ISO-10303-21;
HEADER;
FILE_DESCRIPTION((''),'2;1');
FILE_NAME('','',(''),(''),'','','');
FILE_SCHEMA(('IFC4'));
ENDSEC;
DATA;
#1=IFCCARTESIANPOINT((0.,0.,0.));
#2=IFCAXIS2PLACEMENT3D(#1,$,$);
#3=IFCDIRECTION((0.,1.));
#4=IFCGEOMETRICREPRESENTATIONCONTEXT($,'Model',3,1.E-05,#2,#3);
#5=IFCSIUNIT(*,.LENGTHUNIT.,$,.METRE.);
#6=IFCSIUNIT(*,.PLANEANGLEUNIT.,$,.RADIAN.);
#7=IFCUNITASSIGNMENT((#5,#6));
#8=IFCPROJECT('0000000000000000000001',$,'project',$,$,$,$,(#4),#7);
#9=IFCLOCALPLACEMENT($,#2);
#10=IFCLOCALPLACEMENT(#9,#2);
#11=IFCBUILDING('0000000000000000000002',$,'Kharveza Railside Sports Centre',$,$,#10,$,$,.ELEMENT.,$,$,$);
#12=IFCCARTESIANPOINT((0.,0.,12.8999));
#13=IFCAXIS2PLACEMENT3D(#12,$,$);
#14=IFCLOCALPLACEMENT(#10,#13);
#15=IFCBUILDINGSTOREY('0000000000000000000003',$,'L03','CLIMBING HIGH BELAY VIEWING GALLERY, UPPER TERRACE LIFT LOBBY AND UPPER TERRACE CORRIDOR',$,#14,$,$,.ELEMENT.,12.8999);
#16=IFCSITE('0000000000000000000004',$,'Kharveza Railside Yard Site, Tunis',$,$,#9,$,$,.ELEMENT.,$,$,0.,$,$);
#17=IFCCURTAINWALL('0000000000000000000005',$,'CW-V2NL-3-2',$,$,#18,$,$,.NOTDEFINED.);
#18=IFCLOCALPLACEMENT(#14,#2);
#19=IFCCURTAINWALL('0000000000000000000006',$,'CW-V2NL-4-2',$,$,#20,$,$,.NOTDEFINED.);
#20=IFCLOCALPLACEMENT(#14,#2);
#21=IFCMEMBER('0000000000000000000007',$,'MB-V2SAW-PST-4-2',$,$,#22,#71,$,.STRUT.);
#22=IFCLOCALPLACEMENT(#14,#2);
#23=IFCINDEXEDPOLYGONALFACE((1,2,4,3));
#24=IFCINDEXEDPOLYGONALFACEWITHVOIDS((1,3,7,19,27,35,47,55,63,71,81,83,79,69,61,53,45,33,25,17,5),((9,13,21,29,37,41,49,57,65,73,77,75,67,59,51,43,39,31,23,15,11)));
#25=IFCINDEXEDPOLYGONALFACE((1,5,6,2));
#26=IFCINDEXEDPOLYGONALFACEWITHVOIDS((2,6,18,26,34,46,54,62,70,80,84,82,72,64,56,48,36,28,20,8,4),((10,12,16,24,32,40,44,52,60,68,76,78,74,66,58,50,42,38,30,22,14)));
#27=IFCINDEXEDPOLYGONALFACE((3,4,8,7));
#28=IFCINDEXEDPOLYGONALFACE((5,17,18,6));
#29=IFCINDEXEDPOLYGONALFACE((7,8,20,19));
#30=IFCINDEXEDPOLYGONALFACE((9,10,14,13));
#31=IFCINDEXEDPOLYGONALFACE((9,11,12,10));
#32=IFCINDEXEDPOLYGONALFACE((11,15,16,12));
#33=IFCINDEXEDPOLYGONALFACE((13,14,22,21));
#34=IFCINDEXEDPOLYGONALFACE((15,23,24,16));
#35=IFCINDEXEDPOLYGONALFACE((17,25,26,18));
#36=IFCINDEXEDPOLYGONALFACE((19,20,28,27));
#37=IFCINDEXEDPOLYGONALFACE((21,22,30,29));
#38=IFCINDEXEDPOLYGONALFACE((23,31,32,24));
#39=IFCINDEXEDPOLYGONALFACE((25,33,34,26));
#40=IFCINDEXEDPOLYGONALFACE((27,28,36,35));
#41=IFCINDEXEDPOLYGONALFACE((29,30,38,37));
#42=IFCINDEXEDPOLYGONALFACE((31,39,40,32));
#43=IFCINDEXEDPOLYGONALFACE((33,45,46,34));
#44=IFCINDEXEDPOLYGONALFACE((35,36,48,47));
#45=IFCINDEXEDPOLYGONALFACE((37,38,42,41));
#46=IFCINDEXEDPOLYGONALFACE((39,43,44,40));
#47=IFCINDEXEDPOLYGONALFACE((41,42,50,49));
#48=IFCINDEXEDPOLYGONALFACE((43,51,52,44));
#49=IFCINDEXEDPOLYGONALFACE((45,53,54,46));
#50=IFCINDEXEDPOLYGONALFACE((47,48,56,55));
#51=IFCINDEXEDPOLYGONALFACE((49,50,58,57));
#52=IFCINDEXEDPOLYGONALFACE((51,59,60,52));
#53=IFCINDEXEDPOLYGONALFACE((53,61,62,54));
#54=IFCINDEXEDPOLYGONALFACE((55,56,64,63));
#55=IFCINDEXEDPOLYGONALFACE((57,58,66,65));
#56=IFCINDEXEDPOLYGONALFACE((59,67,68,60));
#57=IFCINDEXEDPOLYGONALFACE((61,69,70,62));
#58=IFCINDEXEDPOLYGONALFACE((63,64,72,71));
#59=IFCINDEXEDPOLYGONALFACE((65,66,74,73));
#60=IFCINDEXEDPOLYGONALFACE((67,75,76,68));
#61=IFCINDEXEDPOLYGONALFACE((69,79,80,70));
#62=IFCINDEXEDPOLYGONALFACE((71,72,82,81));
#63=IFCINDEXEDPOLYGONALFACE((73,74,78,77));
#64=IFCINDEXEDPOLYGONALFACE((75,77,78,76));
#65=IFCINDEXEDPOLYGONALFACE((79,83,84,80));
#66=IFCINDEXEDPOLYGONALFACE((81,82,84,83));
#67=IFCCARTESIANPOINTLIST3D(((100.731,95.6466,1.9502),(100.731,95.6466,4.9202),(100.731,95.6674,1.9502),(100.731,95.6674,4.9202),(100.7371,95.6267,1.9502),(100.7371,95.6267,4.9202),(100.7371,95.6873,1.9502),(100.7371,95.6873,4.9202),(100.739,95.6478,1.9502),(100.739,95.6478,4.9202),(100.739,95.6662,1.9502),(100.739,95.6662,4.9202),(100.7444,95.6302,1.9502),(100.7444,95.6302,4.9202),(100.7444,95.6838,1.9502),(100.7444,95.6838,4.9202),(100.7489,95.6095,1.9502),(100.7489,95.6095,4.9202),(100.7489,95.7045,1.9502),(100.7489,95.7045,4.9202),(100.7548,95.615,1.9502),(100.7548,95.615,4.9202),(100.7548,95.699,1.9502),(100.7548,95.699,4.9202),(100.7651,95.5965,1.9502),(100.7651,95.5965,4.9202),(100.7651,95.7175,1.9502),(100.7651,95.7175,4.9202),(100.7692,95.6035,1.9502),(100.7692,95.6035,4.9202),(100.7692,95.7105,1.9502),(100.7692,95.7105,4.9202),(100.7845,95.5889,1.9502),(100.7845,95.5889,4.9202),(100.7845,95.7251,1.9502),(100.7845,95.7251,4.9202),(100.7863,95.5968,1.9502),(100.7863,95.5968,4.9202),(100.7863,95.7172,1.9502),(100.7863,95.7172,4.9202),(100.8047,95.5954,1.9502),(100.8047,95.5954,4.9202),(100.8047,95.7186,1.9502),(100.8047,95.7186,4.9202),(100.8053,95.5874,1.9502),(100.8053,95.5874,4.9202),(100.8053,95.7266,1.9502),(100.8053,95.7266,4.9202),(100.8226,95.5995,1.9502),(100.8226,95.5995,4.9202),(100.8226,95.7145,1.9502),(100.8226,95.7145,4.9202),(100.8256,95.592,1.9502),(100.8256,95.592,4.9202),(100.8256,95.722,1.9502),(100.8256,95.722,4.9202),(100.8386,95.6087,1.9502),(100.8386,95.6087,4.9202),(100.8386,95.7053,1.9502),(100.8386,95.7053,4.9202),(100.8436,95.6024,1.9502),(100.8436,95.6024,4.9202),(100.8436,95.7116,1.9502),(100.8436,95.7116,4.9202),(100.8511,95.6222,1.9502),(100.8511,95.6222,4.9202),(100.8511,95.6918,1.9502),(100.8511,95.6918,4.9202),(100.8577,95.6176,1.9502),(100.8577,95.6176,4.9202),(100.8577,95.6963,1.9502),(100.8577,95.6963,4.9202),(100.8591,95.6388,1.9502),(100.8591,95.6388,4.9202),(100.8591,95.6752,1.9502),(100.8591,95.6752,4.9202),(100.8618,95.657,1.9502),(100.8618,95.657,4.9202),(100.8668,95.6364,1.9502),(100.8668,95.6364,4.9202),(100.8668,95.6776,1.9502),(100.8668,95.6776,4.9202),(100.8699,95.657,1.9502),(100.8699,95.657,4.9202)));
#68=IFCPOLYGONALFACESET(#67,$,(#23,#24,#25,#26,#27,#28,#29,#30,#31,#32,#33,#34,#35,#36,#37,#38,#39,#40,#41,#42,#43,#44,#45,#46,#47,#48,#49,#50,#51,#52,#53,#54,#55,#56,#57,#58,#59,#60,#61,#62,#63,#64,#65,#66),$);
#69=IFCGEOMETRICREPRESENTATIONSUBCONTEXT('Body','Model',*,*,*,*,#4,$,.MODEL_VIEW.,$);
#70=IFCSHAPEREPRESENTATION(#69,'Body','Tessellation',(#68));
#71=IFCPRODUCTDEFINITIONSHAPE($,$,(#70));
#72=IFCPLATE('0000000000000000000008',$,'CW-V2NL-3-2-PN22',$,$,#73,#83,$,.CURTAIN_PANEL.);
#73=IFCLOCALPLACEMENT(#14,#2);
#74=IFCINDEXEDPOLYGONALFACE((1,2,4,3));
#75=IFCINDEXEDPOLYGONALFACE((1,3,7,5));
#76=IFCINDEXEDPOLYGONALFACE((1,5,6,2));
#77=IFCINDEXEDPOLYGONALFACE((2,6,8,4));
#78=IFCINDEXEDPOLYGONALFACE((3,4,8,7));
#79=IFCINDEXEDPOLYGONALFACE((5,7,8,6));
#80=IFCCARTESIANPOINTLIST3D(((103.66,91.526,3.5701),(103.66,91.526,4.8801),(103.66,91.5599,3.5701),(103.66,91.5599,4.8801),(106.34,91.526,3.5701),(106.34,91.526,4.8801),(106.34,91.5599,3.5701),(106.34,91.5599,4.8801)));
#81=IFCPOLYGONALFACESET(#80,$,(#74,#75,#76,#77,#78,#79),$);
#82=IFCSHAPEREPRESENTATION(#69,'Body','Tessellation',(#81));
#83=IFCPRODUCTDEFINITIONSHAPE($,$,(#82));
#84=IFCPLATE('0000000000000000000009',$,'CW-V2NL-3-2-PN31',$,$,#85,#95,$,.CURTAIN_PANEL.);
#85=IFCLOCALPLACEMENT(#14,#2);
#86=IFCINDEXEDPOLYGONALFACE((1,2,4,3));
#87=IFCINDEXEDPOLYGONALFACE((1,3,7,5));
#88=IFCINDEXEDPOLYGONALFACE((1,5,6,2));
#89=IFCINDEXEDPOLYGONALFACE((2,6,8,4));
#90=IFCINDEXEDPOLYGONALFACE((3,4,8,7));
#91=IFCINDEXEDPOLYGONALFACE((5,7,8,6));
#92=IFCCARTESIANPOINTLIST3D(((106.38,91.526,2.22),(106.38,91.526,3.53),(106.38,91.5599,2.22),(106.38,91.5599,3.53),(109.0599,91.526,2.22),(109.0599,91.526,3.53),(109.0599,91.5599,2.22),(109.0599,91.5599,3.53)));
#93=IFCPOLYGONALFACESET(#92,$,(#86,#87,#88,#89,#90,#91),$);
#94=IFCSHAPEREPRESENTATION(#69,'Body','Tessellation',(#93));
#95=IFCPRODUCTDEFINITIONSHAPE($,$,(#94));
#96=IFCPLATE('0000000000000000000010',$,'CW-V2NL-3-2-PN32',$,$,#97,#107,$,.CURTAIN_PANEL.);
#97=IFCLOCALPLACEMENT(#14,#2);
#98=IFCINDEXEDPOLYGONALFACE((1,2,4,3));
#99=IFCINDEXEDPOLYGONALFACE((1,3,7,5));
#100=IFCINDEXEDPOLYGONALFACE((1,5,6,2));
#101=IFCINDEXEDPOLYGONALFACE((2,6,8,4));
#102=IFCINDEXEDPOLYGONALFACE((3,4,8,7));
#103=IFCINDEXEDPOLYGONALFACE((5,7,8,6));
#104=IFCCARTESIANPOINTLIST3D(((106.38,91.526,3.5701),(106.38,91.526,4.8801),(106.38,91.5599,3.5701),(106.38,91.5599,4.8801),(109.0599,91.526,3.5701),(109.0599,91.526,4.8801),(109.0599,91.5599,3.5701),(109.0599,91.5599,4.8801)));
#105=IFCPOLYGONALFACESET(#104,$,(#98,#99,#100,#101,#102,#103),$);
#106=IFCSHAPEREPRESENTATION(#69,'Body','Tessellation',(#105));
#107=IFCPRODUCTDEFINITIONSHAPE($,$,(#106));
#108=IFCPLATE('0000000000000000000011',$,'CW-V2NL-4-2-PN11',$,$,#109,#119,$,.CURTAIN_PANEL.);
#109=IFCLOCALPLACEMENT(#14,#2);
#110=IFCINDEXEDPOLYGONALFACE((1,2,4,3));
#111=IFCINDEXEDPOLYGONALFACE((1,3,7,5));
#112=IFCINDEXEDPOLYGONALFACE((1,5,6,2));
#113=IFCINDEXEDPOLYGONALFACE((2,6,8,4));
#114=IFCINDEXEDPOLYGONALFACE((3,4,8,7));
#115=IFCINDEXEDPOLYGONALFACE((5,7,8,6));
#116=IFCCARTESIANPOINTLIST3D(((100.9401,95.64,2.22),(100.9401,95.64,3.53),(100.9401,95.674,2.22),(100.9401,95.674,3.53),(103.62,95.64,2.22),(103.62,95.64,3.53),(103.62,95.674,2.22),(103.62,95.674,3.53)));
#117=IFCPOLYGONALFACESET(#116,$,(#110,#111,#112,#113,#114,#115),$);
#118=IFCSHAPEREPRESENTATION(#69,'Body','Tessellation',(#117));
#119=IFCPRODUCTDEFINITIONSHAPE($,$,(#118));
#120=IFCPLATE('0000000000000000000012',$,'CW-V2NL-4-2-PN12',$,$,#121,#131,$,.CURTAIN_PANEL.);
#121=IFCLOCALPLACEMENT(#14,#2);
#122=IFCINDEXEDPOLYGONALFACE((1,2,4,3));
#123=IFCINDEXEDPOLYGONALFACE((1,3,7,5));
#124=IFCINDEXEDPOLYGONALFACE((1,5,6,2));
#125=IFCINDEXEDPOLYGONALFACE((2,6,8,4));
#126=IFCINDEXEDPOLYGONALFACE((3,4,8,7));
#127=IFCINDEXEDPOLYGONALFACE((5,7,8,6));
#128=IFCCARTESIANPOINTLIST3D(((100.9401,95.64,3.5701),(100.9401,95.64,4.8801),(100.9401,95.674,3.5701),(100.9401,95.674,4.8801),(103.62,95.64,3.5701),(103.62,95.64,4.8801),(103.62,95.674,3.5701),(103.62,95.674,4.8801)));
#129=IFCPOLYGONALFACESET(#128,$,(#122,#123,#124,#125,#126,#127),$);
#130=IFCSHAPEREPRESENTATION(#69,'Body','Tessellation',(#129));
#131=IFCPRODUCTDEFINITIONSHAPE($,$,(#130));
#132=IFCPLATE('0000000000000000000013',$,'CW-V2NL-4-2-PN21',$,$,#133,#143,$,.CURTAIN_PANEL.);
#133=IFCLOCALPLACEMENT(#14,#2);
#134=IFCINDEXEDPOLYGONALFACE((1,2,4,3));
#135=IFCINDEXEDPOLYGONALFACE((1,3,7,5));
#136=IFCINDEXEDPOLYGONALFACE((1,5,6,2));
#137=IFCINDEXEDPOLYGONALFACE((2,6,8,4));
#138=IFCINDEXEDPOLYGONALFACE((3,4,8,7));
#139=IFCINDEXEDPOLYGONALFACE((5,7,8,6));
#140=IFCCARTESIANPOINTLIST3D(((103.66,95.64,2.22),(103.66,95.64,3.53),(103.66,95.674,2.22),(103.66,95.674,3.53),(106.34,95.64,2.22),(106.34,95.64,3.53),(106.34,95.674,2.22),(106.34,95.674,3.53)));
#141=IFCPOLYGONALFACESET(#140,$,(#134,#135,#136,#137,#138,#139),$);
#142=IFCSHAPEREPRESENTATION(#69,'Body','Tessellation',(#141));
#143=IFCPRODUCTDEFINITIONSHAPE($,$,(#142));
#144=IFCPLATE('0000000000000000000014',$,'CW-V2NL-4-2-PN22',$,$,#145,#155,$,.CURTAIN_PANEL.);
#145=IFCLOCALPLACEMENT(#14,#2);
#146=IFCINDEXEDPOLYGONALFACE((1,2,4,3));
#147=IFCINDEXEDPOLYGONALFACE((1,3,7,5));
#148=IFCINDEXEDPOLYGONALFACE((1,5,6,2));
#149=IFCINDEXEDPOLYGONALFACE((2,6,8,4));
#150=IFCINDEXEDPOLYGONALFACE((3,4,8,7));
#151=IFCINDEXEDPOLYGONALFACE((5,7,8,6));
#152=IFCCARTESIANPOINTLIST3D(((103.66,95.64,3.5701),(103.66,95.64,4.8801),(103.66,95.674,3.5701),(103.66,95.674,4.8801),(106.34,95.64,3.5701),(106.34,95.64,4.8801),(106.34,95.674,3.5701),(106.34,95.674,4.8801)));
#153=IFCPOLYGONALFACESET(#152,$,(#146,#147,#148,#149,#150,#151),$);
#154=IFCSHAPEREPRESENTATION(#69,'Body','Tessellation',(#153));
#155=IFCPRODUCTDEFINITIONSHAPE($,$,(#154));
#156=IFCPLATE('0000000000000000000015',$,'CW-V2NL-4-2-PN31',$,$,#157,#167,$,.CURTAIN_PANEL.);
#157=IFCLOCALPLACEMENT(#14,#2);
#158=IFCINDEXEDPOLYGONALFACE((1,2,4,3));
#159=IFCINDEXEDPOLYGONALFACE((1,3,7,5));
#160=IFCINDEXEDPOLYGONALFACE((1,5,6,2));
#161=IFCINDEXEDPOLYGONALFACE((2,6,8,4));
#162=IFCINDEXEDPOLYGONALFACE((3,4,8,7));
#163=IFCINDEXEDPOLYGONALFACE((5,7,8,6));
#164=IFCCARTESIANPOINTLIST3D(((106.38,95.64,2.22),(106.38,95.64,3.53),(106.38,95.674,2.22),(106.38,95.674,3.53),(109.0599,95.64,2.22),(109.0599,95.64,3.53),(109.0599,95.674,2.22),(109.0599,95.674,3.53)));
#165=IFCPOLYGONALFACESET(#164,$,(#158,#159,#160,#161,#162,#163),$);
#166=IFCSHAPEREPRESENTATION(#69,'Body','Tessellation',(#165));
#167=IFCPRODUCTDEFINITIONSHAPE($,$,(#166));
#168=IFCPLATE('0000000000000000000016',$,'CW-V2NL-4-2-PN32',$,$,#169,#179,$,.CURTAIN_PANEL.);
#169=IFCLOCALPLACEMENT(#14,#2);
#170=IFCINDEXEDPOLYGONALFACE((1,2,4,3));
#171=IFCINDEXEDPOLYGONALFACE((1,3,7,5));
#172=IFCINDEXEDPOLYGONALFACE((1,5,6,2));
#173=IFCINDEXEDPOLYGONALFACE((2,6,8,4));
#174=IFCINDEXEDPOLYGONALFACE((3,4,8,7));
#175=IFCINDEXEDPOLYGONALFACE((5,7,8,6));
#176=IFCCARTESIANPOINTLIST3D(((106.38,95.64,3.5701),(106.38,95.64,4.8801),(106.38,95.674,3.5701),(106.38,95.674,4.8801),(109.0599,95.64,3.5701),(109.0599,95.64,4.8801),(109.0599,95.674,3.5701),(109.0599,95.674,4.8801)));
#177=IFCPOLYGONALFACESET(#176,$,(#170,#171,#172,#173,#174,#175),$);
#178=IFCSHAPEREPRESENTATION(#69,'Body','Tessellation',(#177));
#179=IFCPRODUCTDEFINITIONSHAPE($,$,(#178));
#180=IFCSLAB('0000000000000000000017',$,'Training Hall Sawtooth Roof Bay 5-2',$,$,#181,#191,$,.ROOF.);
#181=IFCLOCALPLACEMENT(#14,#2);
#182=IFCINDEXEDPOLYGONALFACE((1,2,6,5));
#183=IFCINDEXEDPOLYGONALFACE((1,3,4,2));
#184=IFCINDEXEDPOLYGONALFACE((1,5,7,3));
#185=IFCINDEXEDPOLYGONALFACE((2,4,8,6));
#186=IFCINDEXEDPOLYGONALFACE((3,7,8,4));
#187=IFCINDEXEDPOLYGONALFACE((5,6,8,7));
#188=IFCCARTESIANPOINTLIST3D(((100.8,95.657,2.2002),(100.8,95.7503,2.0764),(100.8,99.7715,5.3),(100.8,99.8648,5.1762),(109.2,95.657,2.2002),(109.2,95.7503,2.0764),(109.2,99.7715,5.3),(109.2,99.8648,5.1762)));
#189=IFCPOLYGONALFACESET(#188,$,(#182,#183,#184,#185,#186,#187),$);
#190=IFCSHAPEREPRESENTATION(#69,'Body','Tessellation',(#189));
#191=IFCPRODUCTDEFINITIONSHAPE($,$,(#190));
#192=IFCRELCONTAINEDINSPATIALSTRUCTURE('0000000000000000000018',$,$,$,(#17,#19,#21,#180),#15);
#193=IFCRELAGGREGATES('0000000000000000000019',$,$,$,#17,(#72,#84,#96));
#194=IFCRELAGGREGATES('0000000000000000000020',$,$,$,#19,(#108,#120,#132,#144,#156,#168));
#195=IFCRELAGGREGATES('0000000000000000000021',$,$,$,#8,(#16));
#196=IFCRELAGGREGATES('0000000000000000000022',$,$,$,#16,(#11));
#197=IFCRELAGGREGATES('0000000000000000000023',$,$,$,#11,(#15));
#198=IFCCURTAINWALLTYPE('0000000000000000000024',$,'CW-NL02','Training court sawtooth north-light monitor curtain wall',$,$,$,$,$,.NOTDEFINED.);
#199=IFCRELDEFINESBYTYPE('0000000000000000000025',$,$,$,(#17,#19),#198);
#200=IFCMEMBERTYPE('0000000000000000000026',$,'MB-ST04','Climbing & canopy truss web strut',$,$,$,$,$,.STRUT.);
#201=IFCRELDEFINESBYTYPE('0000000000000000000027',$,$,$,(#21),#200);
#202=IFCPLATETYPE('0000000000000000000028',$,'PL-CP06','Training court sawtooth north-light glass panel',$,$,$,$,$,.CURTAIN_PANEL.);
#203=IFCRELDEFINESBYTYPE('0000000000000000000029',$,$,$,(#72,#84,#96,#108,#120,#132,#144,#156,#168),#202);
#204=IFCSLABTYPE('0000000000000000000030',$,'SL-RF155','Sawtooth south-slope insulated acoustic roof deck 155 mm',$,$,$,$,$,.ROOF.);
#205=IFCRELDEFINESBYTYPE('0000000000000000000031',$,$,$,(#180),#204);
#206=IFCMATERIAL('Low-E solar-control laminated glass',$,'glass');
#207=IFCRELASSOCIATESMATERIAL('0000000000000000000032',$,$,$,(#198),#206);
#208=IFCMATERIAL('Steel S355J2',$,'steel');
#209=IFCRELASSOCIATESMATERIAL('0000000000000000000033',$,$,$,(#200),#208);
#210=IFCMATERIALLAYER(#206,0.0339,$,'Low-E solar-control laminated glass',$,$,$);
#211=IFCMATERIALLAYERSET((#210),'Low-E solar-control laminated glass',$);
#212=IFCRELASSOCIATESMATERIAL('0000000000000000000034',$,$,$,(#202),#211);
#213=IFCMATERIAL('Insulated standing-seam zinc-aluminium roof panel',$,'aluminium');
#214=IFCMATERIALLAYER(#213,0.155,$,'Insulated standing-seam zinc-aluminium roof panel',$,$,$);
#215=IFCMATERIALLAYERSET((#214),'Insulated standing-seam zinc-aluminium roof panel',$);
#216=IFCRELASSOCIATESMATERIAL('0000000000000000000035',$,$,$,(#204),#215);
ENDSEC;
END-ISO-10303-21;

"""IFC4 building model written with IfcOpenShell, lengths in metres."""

from ifc_helpers import new_model, si_unit, direction, frame, origin, origin_2d, place, context, subcontext, project, spatial, polyline, rectangle, hollow_circle, outline, extrude, material, layer, layer_set, material_profile, profile_set, type_object, element, aggregate, save


model = new_model("IFC4")

# Units and contexts
model_context = context("Model", 3, precision=1e-05, world=origin(), true_north=direction((0.0, 1.0)))
body_context = subcontext(model_context, "Body", "Model", "MODEL_VIEW")
ifc_project = project(units=[si_unit("LENGTHUNIT", "METRE"), si_unit("PLANEANGLEUNIT", "RADIAN")], contexts=[model_context])

# Site, building, storey
site_placement = place(None, origin())
site = spatial("IfcSite", under=ifc_project, at=site_placement, Name="Kharveza Railside Yard Site, Tunis", CompositionType="ELEMENT", RefElevation=0.0)
building_placement = place(site_placement, origin())
building = spatial("IfcBuilding", under=site, at=building_placement, Name="Kharveza Railside Sports Centre", CompositionType="ELEMENT")
storey_placement = place(building_placement, frame((0.0, 0.0, 12.8999)))
storey = spatial("IfcBuildingStorey", under=building, at=storey_placement, Name="L03", Description="CLIMBING HIGH BELAY VIEWING GALLERY, UPPER TERRACE LIFT LOBBY AND UPPER TERRACE CORRIDOR", CompositionType="ELEMENT", Elevation=12.8999)

# Shared definitions
ifc_material_1 = material(Name="Steel S355J2", Category="steel")

# Curtain walls
ifc_material_2 = material(Name="Low-E solar-control laminated glass", Category="glass")
curtain_wall_type = type_object("IfcCurtainWallType", Name="CW-NL02", Description="Training court sawtooth north-light monitor curtain wall", PredefinedType="NOTDEFINED", material=ifc_material_2)
curtain_wall_1_placement = place(storey_placement, origin())
curtain_wall_1 = element("IfcCurtainWall", 1, at=curtain_wall_1_placement, inside=storey, type_object=curtain_wall_type, Name="CW-V2NL-3-2", PredefinedType="NOTDEFINED")
curtain_wall_2_placement = place(storey_placement, origin())
curtain_wall_2 = element("IfcCurtainWall", 2, at=curtain_wall_2_placement, inside=storey, type_object=curtain_wall_type, Name="CW-V2NL-4-2", PredefinedType="NOTDEFINED")

# Member
ifc_material_profile_1 = material_profile(ifc_material_1, hollow_circle(Radius=0.0698, WallThickness=0.0081, at=origin_2d()), Name="CHS 139.7x8.0")
ifc_profile_set_1 = profile_set([ifc_material_profile_1], Name="Steel S355J2")
member_type_1 = type_object("IfcMemberType", Name="MB-ST04", Description="Climbing & canopy truss web strut", PredefinedType="STRUT", material=ifc_profile_set_1)
for number, where, z_axis, x_axis, name in (
    (3, (100.8, 95.657, 1.9502), (0.0, 0.0, 1.0), (1.0, 0.0, 0.0), "MB-V2SAW-PST-4-2"),
):
    element("IfcMember", number, at=place(storey_placement, frame(where, z_axis=z_axis, x_axis=x_axis)), inside=storey, type_object=member_type_1, Name=name, PredefinedType="STRUT", context=body_context, shape_type="SweptSolid", body=[
        extrude(hollow_circle(Radius=0.0698, WallThickness=0.0081, at=origin_2d()), origin(), (0.0, 0.0, 1.0), 2.97),
    ])

# Plates
ifc_layer_1 = layer(ifc_material_2, 0.0339, Name="Low-E solar-control laminated glass")
ifc_layer_set_1 = layer_set([ifc_layer_1], Name="Low-E solar-control laminated glass")
plate_type = type_object("IfcPlateType", Name="PL-CP06", Description="Training court sawtooth north-light glass panel", PredefinedType="CURTAIN_PANEL", material=ifc_layer_set_1)
plate_1_placement = place(storey_placement, frame((105.0, 91.543, 3.5701), z_axis=(0.0, 0.0, 1.0), x_axis=(1.0, 0.0, 0.0)))
plate_1 = element("IfcPlate", 4, at=plate_1_placement, type_object=plate_type, Name="CW-V2NL-3-2-PN22", PredefinedType="CURTAIN_PANEL", context=body_context, shape_type="SweptSolid", body=[
    extrude(rectangle(XDim=2.6799, YDim=0.0339, at=origin_2d()), origin(), (0.0, 0.0, 1.0), 1.3101),
])
plate_2_placement = place(storey_placement, frame((107.72, 91.543, 2.22), z_axis=(0.0, 0.0, 1.0), x_axis=(1.0, 0.0, 0.0)))
plate_2 = element("IfcPlate", 5, at=plate_2_placement, type_object=plate_type, Name="CW-V2NL-3-2-PN31", PredefinedType="CURTAIN_PANEL", context=body_context, shape_type="SweptSolid", body=[
    extrude(rectangle(XDim=2.6799, YDim=0.0339, at=origin_2d()), origin(), (0.0, 0.0, 1.0), 1.3101),
])
plate_3_placement = place(storey_placement, frame((107.72, 91.543, 3.5701), z_axis=(0.0, 0.0, 1.0), x_axis=(1.0, 0.0, 0.0)))
plate_3 = element("IfcPlate", 6, at=plate_3_placement, type_object=plate_type, Name="CW-V2NL-3-2-PN32", PredefinedType="CURTAIN_PANEL", context=body_context, shape_type="SweptSolid", body=[
    extrude(rectangle(XDim=2.6799, YDim=0.0339, at=origin_2d()), origin(), (0.0, 0.0, 1.0), 1.3101),
])
aggregate(curtain_wall_1, [plate_1, plate_2, plate_3])
plate_4_placement = place(storey_placement, frame((102.28, 95.657, 2.22), z_axis=(0.0, 0.0, 1.0), x_axis=(1.0, 0.0, 0.0)))
plate_4 = element("IfcPlate", 7, at=plate_4_placement, type_object=plate_type, Name="CW-V2NL-4-2-PN11", PredefinedType="CURTAIN_PANEL", context=body_context, shape_type="SweptSolid", body=[
    extrude(rectangle(XDim=2.6799, YDim=0.0339, at=origin_2d()), origin(), (0.0, 0.0, 1.0), 1.3101),
])
plate_5_placement = place(storey_placement, frame((102.28, 95.657, 3.5701), z_axis=(0.0, 0.0, 1.0), x_axis=(1.0, 0.0, 0.0)))
plate_5 = element("IfcPlate", 8, at=plate_5_placement, type_object=plate_type, Name="CW-V2NL-4-2-PN12", PredefinedType="CURTAIN_PANEL", context=body_context, shape_type="SweptSolid", body=[
    extrude(rectangle(XDim=2.6799, YDim=0.0339, at=origin_2d()), origin(), (0.0, 0.0, 1.0), 1.3101),
])
plate_6_placement = place(storey_placement, frame((105.0, 95.657, 2.22), z_axis=(0.0, 0.0, 1.0), x_axis=(1.0, 0.0, 0.0)))
plate_6 = element("IfcPlate", 9, at=plate_6_placement, type_object=plate_type, Name="CW-V2NL-4-2-PN21", PredefinedType="CURTAIN_PANEL", context=body_context, shape_type="SweptSolid", body=[
    extrude(rectangle(XDim=2.6799, YDim=0.0339, at=origin_2d()), origin(), (0.0, 0.0, 1.0), 1.3101),
])
plate_7_placement = place(storey_placement, frame((105.0, 95.657, 3.5701), z_axis=(0.0, 0.0, 1.0), x_axis=(1.0, 0.0, 0.0)))
plate_7 = element("IfcPlate", 10, at=plate_7_placement, type_object=plate_type, Name="CW-V2NL-4-2-PN22", PredefinedType="CURTAIN_PANEL", context=body_context, shape_type="SweptSolid", body=[
    extrude(rectangle(XDim=2.6799, YDim=0.0339, at=origin_2d()), origin(), (0.0, 0.0, 1.0), 1.3101),
])
plate_8_placement = place(storey_placement, frame((107.72, 95.657, 2.22), z_axis=(0.0, 0.0, 1.0), x_axis=(1.0, 0.0, 0.0)))
plate_8 = element("IfcPlate", 11, at=plate_8_placement, type_object=plate_type, Name="CW-V2NL-4-2-PN31", PredefinedType="CURTAIN_PANEL", context=body_context, shape_type="SweptSolid", body=[
    extrude(rectangle(XDim=2.6799, YDim=0.0339, at=origin_2d()), origin(), (0.0, 0.0, 1.0), 1.3101),
])
plate_9_placement = place(storey_placement, frame((107.72, 95.657, 3.5701), z_axis=(0.0, 0.0, 1.0), x_axis=(1.0, 0.0, 0.0)))
plate_9 = element("IfcPlate", 12, at=plate_9_placement, type_object=plate_type, Name="CW-V2NL-4-2-PN32", PredefinedType="CURTAIN_PANEL", context=body_context, shape_type="SweptSolid", body=[
    extrude(rectangle(XDim=2.6799, YDim=0.0339, at=origin_2d()), origin(), (0.0, 0.0, 1.0), 1.3101),
])
aggregate(curtain_wall_2, [plate_4, plate_5, plate_6, plate_7, plate_8, plate_9])

# Slab
ifc_material_3 = material(Name="Insulated standing-seam zinc-aluminium roof panel", Category="aluminium")
ifc_layer_2 = layer(ifc_material_3, 0.155, Name="Insulated standing-seam zinc-aluminium roof panel")
ifc_layer_set_2 = layer_set([ifc_layer_2], Name="Insulated standing-seam zinc-aluminium roof panel")
slab_type = type_object("IfcSlabType", Name="SL-RF155", Description="Sawtooth south-slope insulated acoustic roof deck 155 mm", PredefinedType="ROOF", material=ifc_layer_set_2)
slab_placement = place(storey_placement, frame((100.8, 95.657, 2.2002), z_axis=(0.0, -0.601735, 0.798696), x_axis=(1.0, 0.0, 0.0)))
element("IfcSlab", 13, at=slab_placement, inside=storey, type_object=slab_type, Name="Training Hall Sawtooth Roof Bay 5-2", PredefinedType="ROOF", context=body_context, shape_type="SweptSolid", body=[
    extrude(outline(polyline([(0.0, 0.0), (8.3999, 0.0), (8.3999, 5.1515), (0.0, 5.1515), (0.0, 0.0)])), origin(), (0.0, 0.0, -1.0), 0.155),
])

save(model, "model.ifc")
